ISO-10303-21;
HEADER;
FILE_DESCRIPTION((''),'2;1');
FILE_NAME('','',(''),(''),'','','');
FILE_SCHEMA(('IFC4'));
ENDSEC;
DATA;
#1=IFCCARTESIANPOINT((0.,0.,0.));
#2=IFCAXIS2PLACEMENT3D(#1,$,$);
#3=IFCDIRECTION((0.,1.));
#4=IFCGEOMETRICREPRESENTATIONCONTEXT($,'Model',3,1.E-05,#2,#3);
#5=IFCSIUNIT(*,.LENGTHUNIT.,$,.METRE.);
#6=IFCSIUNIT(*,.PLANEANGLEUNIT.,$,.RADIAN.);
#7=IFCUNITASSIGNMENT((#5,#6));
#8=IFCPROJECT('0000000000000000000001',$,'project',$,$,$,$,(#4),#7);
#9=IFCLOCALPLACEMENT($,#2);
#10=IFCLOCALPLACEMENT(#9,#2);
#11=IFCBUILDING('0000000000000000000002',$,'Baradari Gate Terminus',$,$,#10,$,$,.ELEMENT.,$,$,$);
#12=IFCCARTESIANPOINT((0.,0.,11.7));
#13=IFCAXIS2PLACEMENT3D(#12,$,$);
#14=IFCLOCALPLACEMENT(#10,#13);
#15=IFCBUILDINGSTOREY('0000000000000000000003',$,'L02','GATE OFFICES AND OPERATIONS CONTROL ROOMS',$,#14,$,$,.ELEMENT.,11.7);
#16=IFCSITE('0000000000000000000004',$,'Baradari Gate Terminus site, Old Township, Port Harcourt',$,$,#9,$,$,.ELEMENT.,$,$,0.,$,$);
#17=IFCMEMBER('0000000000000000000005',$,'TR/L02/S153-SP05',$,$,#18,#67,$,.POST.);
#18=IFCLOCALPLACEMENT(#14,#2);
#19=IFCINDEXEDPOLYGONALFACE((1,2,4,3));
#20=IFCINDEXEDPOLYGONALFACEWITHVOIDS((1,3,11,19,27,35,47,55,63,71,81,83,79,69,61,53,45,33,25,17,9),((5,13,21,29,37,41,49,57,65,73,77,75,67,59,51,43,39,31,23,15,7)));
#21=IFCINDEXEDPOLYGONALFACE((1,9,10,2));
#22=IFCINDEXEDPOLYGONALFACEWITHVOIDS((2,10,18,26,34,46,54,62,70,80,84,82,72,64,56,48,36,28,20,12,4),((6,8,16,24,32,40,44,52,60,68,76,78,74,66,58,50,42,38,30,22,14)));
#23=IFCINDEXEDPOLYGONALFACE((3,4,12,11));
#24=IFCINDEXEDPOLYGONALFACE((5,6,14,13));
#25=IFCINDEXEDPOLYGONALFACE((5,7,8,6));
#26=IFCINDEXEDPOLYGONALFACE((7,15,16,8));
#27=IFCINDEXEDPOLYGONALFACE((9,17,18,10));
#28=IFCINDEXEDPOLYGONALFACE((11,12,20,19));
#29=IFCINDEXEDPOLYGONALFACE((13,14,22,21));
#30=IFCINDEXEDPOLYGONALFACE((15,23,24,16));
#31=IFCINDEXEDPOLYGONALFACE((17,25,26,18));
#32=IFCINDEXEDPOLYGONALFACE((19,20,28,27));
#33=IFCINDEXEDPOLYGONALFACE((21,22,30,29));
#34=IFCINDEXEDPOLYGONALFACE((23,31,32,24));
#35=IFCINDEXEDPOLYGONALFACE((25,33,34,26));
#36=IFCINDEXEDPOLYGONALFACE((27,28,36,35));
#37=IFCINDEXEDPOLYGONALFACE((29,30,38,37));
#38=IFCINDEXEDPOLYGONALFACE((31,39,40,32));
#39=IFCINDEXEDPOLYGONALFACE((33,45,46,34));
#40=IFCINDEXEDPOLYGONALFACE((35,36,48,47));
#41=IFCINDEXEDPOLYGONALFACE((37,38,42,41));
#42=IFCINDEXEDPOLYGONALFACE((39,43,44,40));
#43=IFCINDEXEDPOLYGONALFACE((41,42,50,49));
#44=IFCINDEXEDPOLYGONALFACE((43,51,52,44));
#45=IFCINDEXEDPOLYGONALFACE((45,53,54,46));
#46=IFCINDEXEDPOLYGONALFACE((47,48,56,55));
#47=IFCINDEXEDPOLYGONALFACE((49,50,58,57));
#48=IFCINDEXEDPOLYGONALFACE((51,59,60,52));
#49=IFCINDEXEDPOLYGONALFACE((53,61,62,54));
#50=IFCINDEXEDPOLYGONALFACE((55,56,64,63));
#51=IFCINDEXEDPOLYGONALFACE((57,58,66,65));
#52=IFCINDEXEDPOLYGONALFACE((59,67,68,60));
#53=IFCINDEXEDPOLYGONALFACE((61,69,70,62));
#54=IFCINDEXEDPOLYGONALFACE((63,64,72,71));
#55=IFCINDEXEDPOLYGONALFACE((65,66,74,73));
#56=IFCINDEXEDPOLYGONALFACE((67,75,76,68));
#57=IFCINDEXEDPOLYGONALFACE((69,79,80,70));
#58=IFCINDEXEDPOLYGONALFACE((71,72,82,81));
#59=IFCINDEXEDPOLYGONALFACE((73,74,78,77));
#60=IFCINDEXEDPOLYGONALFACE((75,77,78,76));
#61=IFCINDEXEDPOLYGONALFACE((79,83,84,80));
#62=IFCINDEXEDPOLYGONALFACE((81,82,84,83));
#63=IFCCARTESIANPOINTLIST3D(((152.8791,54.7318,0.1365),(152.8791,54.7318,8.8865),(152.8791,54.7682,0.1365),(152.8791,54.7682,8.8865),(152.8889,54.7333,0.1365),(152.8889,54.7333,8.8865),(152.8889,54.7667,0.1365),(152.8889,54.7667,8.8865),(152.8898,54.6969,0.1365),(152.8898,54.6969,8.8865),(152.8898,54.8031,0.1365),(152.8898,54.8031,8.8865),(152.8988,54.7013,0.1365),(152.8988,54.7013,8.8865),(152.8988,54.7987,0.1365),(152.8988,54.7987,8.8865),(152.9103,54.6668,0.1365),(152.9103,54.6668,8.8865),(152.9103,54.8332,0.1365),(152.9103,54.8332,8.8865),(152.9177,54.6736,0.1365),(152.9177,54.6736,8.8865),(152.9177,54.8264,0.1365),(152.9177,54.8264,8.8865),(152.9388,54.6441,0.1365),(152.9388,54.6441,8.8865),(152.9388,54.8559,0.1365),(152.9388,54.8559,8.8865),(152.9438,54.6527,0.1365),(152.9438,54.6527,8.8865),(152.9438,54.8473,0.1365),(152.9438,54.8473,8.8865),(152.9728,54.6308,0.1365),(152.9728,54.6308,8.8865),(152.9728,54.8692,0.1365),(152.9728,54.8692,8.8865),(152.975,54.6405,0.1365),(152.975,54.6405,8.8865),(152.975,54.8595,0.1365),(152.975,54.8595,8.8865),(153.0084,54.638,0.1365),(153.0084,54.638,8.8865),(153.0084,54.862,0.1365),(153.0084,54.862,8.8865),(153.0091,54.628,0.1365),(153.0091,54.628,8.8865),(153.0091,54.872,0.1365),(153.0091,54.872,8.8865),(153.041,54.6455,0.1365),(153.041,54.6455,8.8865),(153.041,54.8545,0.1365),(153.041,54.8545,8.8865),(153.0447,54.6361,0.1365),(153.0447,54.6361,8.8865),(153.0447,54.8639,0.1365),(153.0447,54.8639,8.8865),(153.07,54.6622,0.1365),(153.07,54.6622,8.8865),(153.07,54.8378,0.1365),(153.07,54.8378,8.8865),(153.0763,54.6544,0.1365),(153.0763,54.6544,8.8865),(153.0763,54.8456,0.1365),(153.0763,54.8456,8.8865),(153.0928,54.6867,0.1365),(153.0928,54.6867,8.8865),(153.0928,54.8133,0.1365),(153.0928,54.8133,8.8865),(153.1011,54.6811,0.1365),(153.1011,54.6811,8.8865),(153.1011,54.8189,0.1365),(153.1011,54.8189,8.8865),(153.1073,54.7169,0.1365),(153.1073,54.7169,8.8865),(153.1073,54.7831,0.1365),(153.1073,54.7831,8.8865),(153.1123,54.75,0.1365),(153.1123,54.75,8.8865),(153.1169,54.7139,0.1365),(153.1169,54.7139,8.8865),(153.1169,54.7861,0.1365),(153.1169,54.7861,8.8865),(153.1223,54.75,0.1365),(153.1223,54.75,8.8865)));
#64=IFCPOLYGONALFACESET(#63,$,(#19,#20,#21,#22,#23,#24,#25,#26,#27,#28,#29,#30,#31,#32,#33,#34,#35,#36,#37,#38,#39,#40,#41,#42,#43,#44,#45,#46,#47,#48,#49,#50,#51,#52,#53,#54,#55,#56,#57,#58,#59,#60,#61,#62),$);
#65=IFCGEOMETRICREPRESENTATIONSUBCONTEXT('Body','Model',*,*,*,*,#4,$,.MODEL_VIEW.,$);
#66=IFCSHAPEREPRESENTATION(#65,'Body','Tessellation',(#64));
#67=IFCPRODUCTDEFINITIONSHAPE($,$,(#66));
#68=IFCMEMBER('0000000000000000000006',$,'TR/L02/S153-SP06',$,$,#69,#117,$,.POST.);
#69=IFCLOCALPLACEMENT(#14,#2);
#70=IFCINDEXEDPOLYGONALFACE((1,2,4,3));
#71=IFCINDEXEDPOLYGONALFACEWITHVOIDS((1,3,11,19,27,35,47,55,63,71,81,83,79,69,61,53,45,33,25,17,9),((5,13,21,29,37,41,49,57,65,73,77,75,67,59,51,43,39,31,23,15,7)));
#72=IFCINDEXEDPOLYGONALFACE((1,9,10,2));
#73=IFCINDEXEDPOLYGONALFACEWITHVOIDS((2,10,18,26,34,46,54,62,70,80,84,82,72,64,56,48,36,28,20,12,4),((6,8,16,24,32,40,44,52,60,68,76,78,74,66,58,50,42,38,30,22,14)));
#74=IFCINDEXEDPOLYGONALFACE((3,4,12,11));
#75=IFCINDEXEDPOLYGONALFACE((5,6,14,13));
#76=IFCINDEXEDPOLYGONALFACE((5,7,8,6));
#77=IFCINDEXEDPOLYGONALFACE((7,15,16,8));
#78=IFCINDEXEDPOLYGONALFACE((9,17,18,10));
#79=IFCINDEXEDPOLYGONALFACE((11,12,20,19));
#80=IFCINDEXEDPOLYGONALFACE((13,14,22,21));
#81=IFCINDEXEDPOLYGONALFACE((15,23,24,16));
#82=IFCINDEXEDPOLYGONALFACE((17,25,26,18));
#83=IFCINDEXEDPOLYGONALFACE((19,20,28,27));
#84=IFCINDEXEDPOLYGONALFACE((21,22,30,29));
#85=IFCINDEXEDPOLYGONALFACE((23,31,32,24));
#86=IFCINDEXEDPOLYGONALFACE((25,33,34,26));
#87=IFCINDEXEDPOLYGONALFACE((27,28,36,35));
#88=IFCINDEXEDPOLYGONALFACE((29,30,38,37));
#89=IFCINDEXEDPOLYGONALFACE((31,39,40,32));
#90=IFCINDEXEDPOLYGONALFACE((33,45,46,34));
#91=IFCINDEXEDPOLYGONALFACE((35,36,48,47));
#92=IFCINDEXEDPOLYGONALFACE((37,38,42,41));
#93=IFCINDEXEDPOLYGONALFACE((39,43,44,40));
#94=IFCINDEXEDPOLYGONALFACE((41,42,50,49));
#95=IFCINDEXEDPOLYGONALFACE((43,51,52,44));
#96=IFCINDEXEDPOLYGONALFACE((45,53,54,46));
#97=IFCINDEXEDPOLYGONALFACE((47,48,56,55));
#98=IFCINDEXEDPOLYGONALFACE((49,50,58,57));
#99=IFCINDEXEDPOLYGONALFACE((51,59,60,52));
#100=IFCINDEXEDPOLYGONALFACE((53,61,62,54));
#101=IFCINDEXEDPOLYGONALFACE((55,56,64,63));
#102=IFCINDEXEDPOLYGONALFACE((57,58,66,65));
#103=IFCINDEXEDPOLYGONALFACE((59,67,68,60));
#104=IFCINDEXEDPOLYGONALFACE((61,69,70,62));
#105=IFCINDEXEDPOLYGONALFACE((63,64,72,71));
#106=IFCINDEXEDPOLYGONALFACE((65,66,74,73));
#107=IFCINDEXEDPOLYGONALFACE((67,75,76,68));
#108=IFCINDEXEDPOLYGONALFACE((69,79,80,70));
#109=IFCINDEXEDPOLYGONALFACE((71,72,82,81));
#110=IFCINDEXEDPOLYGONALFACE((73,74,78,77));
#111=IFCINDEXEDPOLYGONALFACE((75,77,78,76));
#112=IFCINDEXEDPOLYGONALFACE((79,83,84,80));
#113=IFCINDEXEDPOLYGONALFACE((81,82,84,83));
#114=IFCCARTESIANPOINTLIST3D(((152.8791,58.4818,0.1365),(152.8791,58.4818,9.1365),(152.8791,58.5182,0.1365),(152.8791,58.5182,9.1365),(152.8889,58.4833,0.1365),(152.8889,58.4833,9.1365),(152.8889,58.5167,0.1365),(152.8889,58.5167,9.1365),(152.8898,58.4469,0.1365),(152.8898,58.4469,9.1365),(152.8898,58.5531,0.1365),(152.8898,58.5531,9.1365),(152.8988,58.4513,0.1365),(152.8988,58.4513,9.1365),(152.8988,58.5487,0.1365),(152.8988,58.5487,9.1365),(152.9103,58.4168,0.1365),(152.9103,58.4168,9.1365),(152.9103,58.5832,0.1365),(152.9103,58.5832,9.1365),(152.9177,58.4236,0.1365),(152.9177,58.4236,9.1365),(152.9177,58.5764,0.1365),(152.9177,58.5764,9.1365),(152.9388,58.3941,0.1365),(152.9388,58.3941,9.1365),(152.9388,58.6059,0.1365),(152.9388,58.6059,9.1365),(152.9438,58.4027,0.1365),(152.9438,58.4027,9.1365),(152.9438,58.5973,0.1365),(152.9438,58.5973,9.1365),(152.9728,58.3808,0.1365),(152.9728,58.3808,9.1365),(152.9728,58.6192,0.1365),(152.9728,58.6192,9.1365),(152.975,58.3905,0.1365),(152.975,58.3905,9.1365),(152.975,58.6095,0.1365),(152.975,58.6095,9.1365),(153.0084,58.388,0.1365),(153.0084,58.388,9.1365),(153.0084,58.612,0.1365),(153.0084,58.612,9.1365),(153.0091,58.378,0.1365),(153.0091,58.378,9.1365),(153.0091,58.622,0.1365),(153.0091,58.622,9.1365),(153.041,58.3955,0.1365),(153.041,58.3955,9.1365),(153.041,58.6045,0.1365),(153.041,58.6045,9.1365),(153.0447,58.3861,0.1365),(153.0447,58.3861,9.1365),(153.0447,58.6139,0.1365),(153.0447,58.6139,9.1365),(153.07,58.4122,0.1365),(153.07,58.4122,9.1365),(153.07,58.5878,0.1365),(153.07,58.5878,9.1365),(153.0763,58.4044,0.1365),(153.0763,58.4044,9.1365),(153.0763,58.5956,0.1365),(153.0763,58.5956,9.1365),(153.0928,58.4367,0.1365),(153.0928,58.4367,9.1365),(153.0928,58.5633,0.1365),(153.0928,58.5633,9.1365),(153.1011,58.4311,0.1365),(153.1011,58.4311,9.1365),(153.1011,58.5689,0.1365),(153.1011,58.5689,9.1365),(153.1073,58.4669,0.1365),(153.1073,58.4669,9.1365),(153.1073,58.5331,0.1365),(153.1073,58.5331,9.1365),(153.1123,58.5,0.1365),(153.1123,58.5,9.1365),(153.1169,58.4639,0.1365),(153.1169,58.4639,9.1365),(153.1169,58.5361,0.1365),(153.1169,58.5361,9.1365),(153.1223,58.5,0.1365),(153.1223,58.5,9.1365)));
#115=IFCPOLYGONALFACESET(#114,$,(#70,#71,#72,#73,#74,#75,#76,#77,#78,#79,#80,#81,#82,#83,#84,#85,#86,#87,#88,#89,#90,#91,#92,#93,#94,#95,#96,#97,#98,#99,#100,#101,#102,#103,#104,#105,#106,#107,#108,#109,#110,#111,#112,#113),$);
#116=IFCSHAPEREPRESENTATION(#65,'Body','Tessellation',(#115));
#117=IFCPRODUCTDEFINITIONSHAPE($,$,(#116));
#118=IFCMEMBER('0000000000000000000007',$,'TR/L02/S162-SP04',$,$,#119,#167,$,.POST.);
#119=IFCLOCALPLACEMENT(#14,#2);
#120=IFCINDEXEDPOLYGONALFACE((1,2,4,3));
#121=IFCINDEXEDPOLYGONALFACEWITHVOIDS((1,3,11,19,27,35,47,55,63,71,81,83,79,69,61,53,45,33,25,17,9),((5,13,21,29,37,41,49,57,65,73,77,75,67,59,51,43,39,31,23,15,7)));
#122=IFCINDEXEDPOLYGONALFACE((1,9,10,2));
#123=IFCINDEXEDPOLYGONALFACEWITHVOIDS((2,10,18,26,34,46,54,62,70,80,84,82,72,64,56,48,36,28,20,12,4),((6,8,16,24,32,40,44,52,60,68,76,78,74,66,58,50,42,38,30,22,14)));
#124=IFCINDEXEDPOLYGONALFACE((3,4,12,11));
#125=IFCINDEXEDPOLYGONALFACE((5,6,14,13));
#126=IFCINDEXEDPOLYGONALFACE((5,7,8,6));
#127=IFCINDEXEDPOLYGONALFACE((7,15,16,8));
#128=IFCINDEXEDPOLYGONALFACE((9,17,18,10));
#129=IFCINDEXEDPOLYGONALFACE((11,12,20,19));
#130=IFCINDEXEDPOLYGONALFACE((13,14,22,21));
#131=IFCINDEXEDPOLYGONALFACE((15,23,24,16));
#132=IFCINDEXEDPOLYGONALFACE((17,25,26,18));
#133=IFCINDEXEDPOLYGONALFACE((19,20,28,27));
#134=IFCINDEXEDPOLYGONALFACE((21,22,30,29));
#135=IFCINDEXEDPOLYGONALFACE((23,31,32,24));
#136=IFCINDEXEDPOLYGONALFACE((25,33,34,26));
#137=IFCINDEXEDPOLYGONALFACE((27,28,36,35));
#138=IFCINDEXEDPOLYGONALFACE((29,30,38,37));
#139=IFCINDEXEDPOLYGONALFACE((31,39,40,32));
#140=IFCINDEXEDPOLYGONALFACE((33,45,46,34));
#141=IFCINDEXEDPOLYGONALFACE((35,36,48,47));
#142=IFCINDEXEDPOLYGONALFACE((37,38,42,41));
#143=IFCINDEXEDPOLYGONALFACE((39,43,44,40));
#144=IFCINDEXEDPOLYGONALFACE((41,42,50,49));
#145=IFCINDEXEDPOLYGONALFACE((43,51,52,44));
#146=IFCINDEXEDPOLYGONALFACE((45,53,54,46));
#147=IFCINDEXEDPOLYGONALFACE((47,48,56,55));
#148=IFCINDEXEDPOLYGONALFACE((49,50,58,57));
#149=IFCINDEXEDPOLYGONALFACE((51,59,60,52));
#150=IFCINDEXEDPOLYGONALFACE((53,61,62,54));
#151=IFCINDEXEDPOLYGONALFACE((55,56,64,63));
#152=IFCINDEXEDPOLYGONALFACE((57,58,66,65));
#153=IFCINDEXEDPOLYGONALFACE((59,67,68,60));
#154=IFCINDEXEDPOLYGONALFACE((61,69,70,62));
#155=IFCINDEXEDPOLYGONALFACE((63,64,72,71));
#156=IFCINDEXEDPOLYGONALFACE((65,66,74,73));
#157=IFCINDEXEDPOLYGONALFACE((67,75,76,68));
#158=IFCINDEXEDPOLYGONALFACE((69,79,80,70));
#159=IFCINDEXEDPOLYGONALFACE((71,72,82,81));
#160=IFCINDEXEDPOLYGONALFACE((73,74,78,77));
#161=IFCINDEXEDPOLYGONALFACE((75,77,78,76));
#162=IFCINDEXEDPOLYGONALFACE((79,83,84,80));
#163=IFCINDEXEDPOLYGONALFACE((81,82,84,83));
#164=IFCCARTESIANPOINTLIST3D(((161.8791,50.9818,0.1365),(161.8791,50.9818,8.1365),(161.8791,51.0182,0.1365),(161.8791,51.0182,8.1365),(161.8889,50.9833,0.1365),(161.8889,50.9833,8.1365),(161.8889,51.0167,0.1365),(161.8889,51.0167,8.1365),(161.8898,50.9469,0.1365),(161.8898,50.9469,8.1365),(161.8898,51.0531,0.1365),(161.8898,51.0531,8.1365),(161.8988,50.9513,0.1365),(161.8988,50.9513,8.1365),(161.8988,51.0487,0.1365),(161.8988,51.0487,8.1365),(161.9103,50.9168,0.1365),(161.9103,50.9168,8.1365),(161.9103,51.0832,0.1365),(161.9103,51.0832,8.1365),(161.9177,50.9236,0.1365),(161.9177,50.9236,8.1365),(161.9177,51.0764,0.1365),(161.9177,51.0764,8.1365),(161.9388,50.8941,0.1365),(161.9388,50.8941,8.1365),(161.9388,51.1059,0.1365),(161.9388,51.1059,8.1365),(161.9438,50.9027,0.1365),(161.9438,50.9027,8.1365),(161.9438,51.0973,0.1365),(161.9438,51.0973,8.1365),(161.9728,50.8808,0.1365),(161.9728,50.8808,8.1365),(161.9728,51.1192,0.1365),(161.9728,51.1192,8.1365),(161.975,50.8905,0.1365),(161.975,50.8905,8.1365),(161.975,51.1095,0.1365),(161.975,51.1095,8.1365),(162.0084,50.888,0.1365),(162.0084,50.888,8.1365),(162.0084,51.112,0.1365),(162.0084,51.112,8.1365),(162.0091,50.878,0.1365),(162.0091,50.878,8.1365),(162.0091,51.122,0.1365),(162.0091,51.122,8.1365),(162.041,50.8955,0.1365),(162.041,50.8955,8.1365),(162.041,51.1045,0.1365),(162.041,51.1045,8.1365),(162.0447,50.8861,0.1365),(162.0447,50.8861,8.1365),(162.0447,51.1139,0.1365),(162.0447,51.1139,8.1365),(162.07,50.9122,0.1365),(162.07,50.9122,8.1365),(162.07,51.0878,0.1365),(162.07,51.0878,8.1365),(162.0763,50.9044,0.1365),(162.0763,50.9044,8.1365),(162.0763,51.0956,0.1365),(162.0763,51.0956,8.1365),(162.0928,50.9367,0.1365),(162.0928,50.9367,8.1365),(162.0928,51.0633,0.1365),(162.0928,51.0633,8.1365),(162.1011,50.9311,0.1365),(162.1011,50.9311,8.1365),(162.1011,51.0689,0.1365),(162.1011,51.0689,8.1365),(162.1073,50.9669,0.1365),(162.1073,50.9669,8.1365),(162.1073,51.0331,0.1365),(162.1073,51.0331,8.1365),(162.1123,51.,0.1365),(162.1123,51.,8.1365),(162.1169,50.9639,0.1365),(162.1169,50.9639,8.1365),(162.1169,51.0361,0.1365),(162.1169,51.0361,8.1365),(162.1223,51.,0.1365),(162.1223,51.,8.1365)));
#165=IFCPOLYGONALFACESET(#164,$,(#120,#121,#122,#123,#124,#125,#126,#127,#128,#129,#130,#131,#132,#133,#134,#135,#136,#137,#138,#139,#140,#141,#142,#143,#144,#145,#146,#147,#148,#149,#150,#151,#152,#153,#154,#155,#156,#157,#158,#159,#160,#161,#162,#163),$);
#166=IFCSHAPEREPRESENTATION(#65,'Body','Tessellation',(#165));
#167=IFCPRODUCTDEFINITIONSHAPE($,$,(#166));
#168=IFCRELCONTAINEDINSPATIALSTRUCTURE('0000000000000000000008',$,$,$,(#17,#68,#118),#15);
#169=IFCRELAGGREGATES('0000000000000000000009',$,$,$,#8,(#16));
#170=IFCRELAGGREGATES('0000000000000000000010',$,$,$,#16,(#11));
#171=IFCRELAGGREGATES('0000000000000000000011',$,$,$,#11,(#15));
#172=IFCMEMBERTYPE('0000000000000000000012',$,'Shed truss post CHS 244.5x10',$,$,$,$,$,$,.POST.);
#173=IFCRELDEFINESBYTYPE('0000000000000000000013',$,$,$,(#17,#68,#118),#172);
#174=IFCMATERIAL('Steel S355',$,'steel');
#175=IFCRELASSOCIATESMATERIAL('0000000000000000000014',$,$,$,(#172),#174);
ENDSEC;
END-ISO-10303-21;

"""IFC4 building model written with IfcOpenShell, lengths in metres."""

from ifc_helpers import new_model, si_unit, direction, frame, origin, origin_2d, place, context, subcontext, project, spatial, hollow_circle, extrude, material, material_profile, profile_set, type_object, element, save


model = new_model("IFC4")

# Units and contexts
model_context = context("Model", 3, precision=1e-05, world=origin(), true_north=direction((0.0, 1.0)))
body_context = subcontext(model_context, "Body", "Model", "MODEL_VIEW")
ifc_project = project(units=[si_unit("LENGTHUNIT", "METRE"), si_unit("PLANEANGLEUNIT", "RADIAN")], contexts=[model_context])

# Site, building, storey
site_placement = place(None, origin())
site = spatial("IfcSite", under=ifc_project, at=site_placement, Name="Baradari Gate Terminus site, Old Township, Port Harcourt", CompositionType="ELEMENT", RefElevation=0.0)
building_placement = place(site_placement, origin())
building = spatial("IfcBuilding", under=site, at=building_placement, Name="Baradari Gate Terminus", CompositionType="ELEMENT")
storey_placement = place(building_placement, frame((0.0, 0.0, 11.7)))
storey = spatial("IfcBuildingStorey", under=building, at=storey_placement, Name="L02", Description="GATE OFFICES AND OPERATIONS CONTROL ROOMS", CompositionType="ELEMENT", Elevation=11.7)

# Members
ifc_material_1 = material(Name="Steel S355", Category="steel")
ifc_material_profile_1 = material_profile(ifc_material_1, hollow_circle(Radius=0.1223, WallThickness=0.01, at=origin_2d()), Name="CHS 244.5x10")
ifc_profile_set_1 = profile_set([ifc_material_profile_1], Name="Steel S355")
member_type_1 = type_object("IfcMemberType", Name="Shed truss post CHS 244.5x10", PredefinedType="POST", material=ifc_profile_set_1)
member_1_placement = place(storey_placement, frame((153.0, 54.75, 0.1365), z_axis=(0.0, 0.0, 1.0), x_axis=(1.0, 0.0, 0.0)))
element("IfcMember", 1, at=member_1_placement, inside=storey, type_object=member_type_1, Name="TR/L02/S153-SP05", PredefinedType="POST", context=body_context, shape_type="SweptSolid", body=[
    extrude(hollow_circle(Radius=0.1223, WallThickness=0.01, at=origin_2d()), origin(), (0.0, 0.0, 1.0), 8.75),
])
member_2_placement = place(storey_placement, frame((153.0, 58.5, 0.1365), z_axis=(0.0, 0.0, 1.0), x_axis=(1.0, 0.0, 0.0)))
element("IfcMember", 2, at=member_2_placement, inside=storey, type_object=member_type_1, Name="TR/L02/S153-SP06", PredefinedType="POST", context=body_context, shape_type="SweptSolid", body=[
    extrude(hollow_circle(Radius=0.1223, WallThickness=0.01, at=origin_2d()), origin(), (0.0, 0.0, 1.0), 9.0),
])
member_3_placement = place(storey_placement, frame((162.0, 51.0, 0.1365), z_axis=(0.0, 0.0, 1.0), x_axis=(1.0, 0.0, 0.0)))
element("IfcMember", 3, at=member_3_placement, inside=storey, type_object=member_type_1, Name="TR/L02/S162-SP04", PredefinedType="POST", context=body_context, shape_type="SweptSolid", body=[
    extrude(hollow_circle(Radius=0.1223, WallThickness=0.01, at=origin_2d()), origin(), (0.0, 0.0, 1.0), 8.0),
])

save(model, "model.ifc")
